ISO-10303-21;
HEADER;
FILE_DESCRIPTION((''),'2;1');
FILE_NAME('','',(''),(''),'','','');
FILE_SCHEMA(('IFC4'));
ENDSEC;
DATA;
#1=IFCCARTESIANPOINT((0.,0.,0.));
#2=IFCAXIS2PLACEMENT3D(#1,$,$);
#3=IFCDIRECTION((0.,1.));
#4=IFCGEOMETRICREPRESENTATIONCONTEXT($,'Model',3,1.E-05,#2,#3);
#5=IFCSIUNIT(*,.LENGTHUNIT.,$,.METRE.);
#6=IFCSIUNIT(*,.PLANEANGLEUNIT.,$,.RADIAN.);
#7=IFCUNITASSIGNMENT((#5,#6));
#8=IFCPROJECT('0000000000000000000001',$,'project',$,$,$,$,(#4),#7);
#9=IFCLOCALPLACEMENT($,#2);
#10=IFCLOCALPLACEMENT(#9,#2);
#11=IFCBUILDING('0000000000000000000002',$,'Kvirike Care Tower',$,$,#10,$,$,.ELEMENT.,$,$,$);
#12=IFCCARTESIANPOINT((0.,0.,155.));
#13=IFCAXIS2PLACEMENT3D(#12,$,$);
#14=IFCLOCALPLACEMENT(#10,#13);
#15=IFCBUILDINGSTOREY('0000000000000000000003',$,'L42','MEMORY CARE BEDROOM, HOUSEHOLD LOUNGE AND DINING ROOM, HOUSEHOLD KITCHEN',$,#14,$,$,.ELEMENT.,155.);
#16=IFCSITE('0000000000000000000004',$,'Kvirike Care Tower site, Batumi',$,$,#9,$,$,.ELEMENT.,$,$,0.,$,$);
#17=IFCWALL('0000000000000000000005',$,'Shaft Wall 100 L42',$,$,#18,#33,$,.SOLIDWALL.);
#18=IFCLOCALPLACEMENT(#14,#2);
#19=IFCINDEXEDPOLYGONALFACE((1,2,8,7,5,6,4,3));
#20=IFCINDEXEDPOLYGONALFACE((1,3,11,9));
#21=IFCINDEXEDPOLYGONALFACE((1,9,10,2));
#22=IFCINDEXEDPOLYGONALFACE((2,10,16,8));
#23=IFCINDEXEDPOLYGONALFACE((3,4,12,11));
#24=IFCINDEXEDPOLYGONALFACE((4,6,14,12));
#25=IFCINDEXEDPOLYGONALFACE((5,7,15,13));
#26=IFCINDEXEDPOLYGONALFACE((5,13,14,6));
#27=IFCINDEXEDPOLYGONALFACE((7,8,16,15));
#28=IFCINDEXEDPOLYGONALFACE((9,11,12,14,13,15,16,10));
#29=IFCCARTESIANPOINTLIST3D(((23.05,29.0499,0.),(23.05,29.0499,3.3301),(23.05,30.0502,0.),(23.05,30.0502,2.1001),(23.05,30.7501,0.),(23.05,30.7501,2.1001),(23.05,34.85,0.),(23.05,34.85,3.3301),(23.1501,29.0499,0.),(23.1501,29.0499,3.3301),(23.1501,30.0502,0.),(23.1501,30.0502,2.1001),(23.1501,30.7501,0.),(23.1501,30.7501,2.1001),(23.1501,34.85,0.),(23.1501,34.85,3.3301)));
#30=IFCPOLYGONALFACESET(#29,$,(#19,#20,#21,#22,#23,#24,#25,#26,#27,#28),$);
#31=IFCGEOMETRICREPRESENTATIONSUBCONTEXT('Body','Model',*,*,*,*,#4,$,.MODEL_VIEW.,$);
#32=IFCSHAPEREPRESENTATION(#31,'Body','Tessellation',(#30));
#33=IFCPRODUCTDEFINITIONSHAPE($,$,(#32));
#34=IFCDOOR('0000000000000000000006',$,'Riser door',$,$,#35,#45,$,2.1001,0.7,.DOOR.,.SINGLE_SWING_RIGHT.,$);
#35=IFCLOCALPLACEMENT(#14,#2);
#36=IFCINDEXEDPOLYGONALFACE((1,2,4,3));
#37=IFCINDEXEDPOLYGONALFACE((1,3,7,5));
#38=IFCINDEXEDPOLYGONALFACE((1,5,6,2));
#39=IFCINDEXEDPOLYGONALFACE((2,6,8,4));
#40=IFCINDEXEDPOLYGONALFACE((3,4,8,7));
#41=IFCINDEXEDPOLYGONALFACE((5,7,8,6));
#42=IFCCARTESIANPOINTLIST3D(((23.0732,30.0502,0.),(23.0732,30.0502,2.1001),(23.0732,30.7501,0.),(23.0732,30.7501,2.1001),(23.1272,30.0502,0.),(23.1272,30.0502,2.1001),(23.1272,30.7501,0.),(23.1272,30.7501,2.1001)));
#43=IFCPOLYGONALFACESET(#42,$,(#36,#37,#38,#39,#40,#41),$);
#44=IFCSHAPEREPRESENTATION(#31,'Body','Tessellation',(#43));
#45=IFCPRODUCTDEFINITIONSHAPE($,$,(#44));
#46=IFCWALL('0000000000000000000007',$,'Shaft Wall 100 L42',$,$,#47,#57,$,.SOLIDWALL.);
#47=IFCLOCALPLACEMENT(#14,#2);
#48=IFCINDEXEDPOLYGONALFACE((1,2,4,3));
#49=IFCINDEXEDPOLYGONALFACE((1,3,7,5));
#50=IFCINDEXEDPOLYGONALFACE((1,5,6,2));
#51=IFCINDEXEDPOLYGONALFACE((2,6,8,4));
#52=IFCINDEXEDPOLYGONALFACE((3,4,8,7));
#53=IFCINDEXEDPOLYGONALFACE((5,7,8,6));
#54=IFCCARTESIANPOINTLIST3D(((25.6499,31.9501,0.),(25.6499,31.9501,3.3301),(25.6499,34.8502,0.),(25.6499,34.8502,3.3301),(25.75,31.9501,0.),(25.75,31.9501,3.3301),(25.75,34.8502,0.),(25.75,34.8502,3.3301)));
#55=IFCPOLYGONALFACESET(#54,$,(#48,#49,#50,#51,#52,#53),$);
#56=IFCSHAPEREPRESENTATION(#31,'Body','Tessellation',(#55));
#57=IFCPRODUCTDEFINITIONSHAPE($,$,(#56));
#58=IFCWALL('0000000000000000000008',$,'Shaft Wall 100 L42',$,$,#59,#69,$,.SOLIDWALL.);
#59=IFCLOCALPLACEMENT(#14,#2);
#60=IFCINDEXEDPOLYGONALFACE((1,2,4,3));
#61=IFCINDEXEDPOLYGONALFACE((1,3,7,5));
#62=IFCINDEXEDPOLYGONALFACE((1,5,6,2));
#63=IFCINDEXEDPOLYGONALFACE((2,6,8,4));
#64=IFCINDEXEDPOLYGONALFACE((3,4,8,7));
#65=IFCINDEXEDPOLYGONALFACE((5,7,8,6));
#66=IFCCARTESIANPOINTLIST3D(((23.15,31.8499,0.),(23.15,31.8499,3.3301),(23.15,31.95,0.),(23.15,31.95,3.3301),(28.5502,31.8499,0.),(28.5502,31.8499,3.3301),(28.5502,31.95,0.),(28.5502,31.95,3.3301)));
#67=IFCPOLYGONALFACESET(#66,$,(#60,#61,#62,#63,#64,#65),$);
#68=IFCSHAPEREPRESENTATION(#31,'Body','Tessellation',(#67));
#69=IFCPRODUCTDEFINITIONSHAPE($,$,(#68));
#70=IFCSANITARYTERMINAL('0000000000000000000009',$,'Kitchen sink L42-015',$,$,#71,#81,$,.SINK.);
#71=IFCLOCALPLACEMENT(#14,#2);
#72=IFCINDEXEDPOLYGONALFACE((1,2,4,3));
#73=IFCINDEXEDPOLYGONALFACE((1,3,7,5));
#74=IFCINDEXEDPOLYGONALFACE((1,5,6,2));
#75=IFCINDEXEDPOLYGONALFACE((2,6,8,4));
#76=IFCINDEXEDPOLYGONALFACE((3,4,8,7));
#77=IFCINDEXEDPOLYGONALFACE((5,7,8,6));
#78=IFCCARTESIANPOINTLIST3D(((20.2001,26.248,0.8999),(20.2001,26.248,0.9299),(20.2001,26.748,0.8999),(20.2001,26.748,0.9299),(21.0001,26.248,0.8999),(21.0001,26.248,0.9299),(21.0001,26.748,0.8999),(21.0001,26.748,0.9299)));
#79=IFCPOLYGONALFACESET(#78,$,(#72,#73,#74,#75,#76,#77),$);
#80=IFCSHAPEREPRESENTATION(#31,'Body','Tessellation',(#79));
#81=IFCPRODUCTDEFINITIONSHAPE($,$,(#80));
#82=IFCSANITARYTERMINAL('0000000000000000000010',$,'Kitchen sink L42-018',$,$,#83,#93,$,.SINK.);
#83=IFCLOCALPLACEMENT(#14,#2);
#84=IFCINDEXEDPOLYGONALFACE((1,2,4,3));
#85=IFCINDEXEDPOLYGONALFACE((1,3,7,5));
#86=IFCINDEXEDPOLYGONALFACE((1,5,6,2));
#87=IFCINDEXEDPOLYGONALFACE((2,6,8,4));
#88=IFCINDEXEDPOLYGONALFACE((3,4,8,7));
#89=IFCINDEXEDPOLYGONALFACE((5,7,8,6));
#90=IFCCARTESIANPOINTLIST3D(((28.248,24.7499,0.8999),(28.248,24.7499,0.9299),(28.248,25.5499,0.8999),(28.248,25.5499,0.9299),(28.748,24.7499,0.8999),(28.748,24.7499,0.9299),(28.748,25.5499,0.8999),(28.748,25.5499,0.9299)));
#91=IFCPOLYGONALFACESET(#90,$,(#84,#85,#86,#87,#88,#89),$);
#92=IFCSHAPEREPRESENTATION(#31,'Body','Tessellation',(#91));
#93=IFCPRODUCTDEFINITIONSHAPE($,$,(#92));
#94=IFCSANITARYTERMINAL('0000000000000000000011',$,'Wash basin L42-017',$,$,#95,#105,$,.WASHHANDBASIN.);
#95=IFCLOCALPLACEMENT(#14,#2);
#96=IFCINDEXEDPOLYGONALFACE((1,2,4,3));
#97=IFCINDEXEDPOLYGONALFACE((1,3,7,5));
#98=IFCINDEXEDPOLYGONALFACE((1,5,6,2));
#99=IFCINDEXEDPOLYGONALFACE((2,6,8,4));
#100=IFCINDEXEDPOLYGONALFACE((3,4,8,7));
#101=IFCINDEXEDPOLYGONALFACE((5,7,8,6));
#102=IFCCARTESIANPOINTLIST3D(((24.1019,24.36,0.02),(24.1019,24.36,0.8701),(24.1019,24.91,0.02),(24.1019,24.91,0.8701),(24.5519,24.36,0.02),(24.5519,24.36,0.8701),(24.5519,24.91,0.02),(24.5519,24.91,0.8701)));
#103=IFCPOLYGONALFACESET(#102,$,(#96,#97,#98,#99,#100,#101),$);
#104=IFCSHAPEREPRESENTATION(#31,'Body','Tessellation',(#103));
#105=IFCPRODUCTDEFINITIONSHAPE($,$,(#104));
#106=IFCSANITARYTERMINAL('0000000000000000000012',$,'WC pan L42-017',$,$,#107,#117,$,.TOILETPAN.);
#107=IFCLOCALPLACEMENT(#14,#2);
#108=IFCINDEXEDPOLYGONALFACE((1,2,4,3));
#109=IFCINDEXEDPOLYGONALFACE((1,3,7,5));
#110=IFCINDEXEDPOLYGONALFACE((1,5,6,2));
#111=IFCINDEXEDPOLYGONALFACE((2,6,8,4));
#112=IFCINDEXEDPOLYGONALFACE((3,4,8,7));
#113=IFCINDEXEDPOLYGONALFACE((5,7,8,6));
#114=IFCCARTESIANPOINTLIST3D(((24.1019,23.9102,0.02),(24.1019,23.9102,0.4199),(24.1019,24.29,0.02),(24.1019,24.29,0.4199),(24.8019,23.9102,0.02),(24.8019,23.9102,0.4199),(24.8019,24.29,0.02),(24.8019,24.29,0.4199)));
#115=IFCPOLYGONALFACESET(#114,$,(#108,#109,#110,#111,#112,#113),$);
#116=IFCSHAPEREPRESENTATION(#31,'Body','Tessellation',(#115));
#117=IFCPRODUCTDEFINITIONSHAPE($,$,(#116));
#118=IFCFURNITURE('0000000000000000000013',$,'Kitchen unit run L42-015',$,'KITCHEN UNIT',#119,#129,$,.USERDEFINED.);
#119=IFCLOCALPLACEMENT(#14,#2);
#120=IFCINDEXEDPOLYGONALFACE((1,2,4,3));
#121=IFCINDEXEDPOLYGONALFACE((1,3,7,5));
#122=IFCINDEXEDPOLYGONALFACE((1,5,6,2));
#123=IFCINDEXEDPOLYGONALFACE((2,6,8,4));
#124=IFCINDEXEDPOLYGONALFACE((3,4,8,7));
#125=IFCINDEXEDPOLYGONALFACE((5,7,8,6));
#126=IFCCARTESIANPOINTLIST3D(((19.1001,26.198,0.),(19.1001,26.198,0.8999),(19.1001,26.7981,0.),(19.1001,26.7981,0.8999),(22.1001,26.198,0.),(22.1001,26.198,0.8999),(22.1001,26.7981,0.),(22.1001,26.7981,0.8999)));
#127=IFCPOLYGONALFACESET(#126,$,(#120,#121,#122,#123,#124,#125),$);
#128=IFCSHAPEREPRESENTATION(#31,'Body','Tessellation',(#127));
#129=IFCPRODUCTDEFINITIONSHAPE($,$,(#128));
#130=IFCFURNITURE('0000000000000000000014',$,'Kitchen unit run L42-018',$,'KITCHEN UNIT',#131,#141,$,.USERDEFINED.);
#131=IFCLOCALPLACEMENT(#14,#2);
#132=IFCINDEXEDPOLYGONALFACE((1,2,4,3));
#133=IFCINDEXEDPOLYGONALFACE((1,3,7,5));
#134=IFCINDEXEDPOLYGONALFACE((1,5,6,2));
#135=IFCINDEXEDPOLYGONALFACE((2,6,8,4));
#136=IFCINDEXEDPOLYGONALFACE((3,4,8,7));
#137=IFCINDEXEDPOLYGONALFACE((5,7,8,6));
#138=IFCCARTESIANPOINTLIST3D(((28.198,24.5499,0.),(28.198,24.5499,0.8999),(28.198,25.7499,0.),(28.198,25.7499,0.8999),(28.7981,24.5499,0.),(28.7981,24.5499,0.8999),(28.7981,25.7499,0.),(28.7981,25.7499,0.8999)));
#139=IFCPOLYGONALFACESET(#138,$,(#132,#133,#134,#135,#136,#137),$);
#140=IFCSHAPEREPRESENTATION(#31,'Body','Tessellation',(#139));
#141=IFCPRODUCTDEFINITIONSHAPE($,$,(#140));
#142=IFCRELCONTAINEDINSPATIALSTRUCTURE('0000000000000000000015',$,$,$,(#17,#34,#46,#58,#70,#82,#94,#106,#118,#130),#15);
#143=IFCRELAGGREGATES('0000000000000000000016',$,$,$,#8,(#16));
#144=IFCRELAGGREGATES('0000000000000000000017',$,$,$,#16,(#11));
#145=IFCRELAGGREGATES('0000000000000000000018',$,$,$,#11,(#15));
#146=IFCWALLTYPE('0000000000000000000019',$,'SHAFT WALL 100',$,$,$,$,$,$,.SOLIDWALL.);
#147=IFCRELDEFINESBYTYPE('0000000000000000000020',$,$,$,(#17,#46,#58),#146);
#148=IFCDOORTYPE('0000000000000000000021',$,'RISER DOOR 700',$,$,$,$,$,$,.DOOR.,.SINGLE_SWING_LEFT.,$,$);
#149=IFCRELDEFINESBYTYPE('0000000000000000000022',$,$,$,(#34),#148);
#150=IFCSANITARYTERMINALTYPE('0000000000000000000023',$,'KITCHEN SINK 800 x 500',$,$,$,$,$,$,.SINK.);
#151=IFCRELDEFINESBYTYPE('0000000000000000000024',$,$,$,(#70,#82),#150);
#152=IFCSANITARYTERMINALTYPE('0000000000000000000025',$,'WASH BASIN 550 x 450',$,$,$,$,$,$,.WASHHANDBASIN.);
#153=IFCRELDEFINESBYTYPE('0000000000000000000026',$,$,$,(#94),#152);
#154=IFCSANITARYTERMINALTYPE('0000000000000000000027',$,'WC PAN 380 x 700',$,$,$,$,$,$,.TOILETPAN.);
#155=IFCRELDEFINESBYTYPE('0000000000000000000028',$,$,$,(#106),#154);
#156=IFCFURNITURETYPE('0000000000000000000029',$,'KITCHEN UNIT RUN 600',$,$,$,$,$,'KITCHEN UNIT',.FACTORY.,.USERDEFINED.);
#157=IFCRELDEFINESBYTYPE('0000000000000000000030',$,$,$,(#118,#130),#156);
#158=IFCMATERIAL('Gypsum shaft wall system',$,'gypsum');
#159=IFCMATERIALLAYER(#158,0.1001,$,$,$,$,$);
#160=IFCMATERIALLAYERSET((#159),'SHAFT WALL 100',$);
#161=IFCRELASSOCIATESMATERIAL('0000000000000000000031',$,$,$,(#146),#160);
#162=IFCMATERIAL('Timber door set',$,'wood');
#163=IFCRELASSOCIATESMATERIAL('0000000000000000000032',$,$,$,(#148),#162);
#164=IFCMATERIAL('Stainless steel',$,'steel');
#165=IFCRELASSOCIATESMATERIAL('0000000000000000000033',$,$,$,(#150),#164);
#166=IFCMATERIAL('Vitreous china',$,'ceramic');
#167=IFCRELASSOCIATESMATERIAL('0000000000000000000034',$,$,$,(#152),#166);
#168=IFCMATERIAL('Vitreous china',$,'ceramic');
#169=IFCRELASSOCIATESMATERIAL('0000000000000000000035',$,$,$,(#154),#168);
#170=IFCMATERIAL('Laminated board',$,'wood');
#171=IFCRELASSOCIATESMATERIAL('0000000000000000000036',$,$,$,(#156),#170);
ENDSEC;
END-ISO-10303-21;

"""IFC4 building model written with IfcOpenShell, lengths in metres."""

from ifc_helpers import new_model, si_unit, direction, frame, frame_2d, origin, origin_2d, place, context, subcontext, project, spatial, rectangle, extrude, material, layer, layer_set, type_object, element, fill, save


model = new_model("IFC4")

# Units and contexts
model_context = context("Model", 3, precision=1e-05, world=origin(), true_north=direction((0.0, 1.0)))
body_context = subcontext(model_context, "Body", "Model", "MODEL_VIEW")
ifc_project = project(units=[si_unit("LENGTHUNIT", "METRE"), si_unit("PLANEANGLEUNIT", "RADIAN")], contexts=[model_context])

# Site, building, storey
site_placement = place(None, origin())
site = spatial("IfcSite", under=ifc_project, at=site_placement, Name="Kvirike Care Tower site, Batumi", CompositionType="ELEMENT", RefElevation=0.0)
building_placement = place(site_placement, origin())
building = spatial("IfcBuilding", under=site, at=building_placement, Name="Kvirike Care Tower", CompositionType="ELEMENT")
storey_placement = place(building_placement, frame((0.0, 0.0, 155.0)))
storey = spatial("IfcBuildingStorey", under=building, at=storey_placement, Name="L42", Description="MEMORY CARE BEDROOM, HOUSEHOLD LOUNGE AND DINING ROOM, HOUSEHOLD KITCHEN", CompositionType="ELEMENT", Elevation=155.0)

# Shared definitions
ifc_material_1 = material(Name="Gypsum shaft wall system", Category="gypsum")
ifc_layer_1 = layer(ifc_material_1, 0.1001)
ifc_layer_set_1 = layer_set([ifc_layer_1], Name="SHAFT WALL 100")
wall_type_1 = type_object("IfcWallType", Name="SHAFT WALL 100", PredefinedType="SOLIDWALL", material=ifc_layer_set_1)

# Wall, opening, door
wall_1_placement = place(storey_placement, frame((23.1001, 29.05, 0.0), z_axis=(0.0, 0.0, 1.0), x_axis=(0.0, 1.0, 0.0)))
wall_1 = element("IfcWall", 1, at=wall_1_placement, inside=storey, type_object=wall_type_1, Name="Shaft Wall 100 L42", PredefinedType="SOLIDWALL", context=body_context, shape_type="SweptSolid", body=[
    extrude(rectangle(XDim=5.8, YDim=0.1001, at=frame_2d((2.8999, 0.0))), origin(), (0.0, 0.0, 1.0), 3.3301),
])
opening_1_placement = place(wall_1_placement, frame((1.0, 0.0, 0.0)))
opening_1 = element("IfcOpeningElement", 2, at=opening_1_placement, cuts=wall_1, PredefinedType="OPENING", context=body_context, shape_type="SweptSolid", body=[
    extrude(rectangle(XDim=0.7, YDim=2.1001, at=frame_2d((0.3501, 1.05))), frame((0.0, 0.0605, 0.0), z_axis=(0.0, -1.0, 0.0), x_axis=(1.0, 0.0, 0.0)), (0.0, 0.0, 1.0), 0.1211),
])
ifc_material_2 = material(Name="Timber door set", Category="wood")
door_type_1 = type_object("IfcDoorType", Name="RISER DOOR 700", OperationType="SINGLE_SWING_LEFT", PredefinedType="DOOR", material=ifc_material_2)
door_1_placement = place(opening_1_placement, origin())
door_1 = element("IfcDoor", 3, at=door_1_placement, inside=storey, type_object=door_type_1, Name="Riser door", OperationType="SINGLE_SWING_RIGHT", OverallHeight=2.1001, OverallWidth=0.7, PredefinedType="DOOR", context=body_context, shape_type="SweptSolid", body=[
    extrude(rectangle(XDim=0.7, YDim=2.1001, at=frame_2d((0.3501, 1.05))), frame((0.0, 0.0269, 0.0), z_axis=(0.0, -1.0, 0.0), x_axis=(1.0, 0.0, 0.0)), (0.0, 0.0, 1.0), 0.054),
])
fill(opening_1, door_1)

# Walls
wall_2_placement = place(storey_placement, frame((25.7, 31.95, 0.0), z_axis=(0.0, 0.0, 1.0), x_axis=(0.0, 1.0, 0.0)))
element("IfcWall", 4, at=wall_2_placement, inside=storey, type_object=wall_type_1, Name="Shaft Wall 100 L42", PredefinedType="SOLIDWALL", context=body_context, shape_type="SweptSolid", body=[
    extrude(rectangle(XDim=2.9001, YDim=0.1001, at=frame_2d((1.4502, 0.0))), origin(), (0.0, 0.0, 1.0), 3.3301),
])
wall_3_placement = place(storey_placement, frame((23.1499, 31.8999, 0.0), z_axis=(0.0, 0.0, 1.0), x_axis=(1.0, 0.0, 0.0)))
element("IfcWall", 5, at=wall_3_placement, inside=storey, type_object=wall_type_1, Name="Shaft Wall 100 L42", PredefinedType="SOLIDWALL", context=body_context, shape_type="SweptSolid", body=[
    extrude(rectangle(XDim=5.4001, YDim=0.1001, at=frame_2d((2.7002, 0.0))), origin(), (0.0, 0.0, 1.0), 3.3301),
])

# Sanitary terminals
ifc_material_3 = material(Name="Stainless steel", Category="steel")
sanitary_terminal_type_1 = type_object("IfcSanitaryTerminalType", Name="KITCHEN SINK 800 x 500", PredefinedType="SINK", material=ifc_material_3)
for number, where, z_axis, x_axis, name in (
    (6, (20.6001, 26.498, 0.8999), (0.0, 0.0, 1.0), (1.0, 0.0, 0.0), "Kitchen sink L42-015"),
    (7, (28.498, 25.1499, 0.8999), (0.0, 0.0, 1.0), (0.0, -1.0, 0.0), "Kitchen sink L42-018"),
):
    element("IfcSanitaryTerminal", number, at=place(storey_placement, frame(where, z_axis=z_axis, x_axis=x_axis)), inside=storey, type_object=sanitary_terminal_type_1, Name=name, PredefinedType="SINK", context=body_context, shape_type="SweptSolid", body=[
        extrude(rectangle(XDim=0.8, YDim=0.5, at=origin_2d()), origin(), (0.0, 0.0, 1.0), 0.03),
    ])
ifc_material_4 = material(Name="Vitreous china", Category="ceramic")
sanitary_terminal_type_2 = type_object("IfcSanitaryTerminalType", Name="WASH BASIN 550 x 450", PredefinedType="WASHHANDBASIN", material=ifc_material_4)
sanitary_terminal_1_placement = place(storey_placement, frame((24.3269, 24.635, 0.02), z_axis=(0.0, 0.0, 1.0), x_axis=(0.0, 1.0, 0.0)))
element("IfcSanitaryTerminal", 8, at=sanitary_terminal_1_placement, inside=storey, type_object=sanitary_terminal_type_2, Name="Wash basin L42-017", PredefinedType="WASHHANDBASIN", context=body_context, shape_type="SweptSolid", body=[
    extrude(rectangle(XDim=0.55, YDim=0.45, at=origin_2d()), origin(), (0.0, 0.0, 1.0), 0.8501),
])
ifc_material_5 = material(Name="Vitreous china", Category="ceramic")
sanitary_terminal_type_3 = type_object("IfcSanitaryTerminalType", Name="WC PAN 380 x 700", PredefinedType="TOILETPAN", material=ifc_material_5)
sanitary_terminal_2_placement = place(storey_placement, frame((24.4519, 24.1001, 0.02), z_axis=(0.0, 0.0, 1.0), x_axis=(0.0, 1.0, 0.0)))
element("IfcSanitaryTerminal", 9, at=sanitary_terminal_2_placement, inside=storey, type_object=sanitary_terminal_type_3, Name="WC pan L42-017", PredefinedType="TOILETPAN", context=body_context, shape_type="SweptSolid", body=[
    extrude(rectangle(XDim=0.3799, YDim=0.7, at=origin_2d()), origin(), (0.0, 0.0, 1.0), 0.3999),
])

# Furniture
ifc_material_6 = material(Name="Laminated board", Category="wood")
furniture_type = type_object("IfcFurnitureType", Name="KITCHEN UNIT RUN 600", ElementType="KITCHEN UNIT", AssemblyPlace="FACTORY", PredefinedType="USERDEFINED", material=ifc_material_6)
furniture_1_placement = place(storey_placement, frame((20.6001, 26.498, 0.0), z_axis=(0.0, 0.0, 1.0), x_axis=(1.0, 0.0, 0.0)))
element("IfcFurniture", 10, at=furniture_1_placement, inside=storey, type_object=furniture_type, Name="Kitchen unit run L42-015", ObjectType="KITCHEN UNIT", PredefinedType="USERDEFINED", context=body_context, shape_type="SweptSolid", body=[
    extrude(rectangle(XDim=3.0, YDim=0.6001, at=origin_2d()), origin(), (0.0, 0.0, 1.0), 0.8999),
])
furniture_2_placement = place(storey_placement, frame((28.498, 25.1499, 0.0), z_axis=(0.0, 0.0, 1.0), x_axis=(0.0, -1.0, 0.0)))
element("IfcFurniture", 11, at=furniture_2_placement, inside=storey, type_object=furniture_type, Name="Kitchen unit run L42-018", ObjectType="KITCHEN UNIT", PredefinedType="USERDEFINED", context=body_context, shape_type="SweptSolid", body=[
    extrude(rectangle(XDim=1.2, YDim=0.6001, at=origin_2d()), origin(), (0.0, 0.0, 1.0), 0.8999),
])

save(model, "model.ifc")
